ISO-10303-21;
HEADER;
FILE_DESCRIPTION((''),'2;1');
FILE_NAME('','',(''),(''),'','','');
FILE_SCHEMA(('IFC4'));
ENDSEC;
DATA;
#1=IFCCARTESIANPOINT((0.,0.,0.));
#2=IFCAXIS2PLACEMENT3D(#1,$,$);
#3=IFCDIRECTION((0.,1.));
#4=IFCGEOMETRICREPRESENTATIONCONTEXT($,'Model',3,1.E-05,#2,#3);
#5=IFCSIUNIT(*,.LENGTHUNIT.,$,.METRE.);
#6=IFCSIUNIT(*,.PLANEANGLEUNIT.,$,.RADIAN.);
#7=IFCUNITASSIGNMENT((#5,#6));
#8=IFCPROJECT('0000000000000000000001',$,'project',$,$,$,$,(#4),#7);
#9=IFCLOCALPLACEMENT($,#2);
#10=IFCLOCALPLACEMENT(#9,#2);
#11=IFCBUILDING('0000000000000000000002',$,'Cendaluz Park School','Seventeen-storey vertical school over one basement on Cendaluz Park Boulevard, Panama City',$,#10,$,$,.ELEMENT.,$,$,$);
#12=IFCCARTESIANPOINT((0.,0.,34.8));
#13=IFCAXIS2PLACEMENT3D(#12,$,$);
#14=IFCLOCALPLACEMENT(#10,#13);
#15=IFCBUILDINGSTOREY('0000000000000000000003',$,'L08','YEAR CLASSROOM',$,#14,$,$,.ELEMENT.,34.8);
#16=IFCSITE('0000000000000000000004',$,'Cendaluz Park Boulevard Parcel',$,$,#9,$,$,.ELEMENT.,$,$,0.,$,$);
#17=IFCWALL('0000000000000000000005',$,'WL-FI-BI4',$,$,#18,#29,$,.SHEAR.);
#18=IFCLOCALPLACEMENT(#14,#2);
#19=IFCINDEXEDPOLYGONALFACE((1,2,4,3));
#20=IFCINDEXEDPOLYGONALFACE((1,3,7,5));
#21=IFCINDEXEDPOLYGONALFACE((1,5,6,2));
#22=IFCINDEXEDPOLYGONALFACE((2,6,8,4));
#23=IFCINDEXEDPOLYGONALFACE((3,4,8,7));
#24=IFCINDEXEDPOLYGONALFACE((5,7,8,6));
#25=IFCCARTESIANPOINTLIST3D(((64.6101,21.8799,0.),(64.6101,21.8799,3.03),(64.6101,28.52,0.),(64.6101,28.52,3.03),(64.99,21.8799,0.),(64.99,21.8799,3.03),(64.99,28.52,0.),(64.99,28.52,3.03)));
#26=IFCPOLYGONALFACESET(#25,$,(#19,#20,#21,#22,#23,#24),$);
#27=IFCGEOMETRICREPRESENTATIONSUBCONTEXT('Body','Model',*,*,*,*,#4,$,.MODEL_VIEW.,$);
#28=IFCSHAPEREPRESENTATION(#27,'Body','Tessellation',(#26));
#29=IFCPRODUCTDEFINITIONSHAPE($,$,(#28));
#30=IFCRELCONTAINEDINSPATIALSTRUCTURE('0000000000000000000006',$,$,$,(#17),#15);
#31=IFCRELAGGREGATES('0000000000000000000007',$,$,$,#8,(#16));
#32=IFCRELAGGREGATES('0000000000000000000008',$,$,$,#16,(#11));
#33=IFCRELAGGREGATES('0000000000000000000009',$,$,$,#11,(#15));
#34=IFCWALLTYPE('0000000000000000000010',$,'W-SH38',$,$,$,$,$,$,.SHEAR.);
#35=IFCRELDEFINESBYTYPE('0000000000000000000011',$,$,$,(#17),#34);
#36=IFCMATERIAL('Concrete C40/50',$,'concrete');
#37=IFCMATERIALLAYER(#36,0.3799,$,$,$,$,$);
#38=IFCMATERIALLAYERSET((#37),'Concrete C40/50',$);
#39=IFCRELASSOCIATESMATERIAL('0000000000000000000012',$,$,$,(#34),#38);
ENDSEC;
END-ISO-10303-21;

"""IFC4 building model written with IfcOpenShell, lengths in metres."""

from ifc_helpers import new_model, si_unit, direction, frame, frame_2d, origin, place, context, subcontext, project, spatial, rectangle, extrude, material, layer, layer_set, type_object, element, save


model = new_model("IFC4")

# Units and contexts
model_context = context("Model", 3, precision=1e-05, world=origin(), true_north=direction((0.0, 1.0)))
body_context = subcontext(model_context, "Body", "Model", "MODEL_VIEW")
ifc_project = project(units=[si_unit("LENGTHUNIT", "METRE"), si_unit("PLANEANGLEUNIT", "RADIAN")], contexts=[model_context])

# Site, building, storey
site_placement = place(None, origin())
site = spatial("IfcSite", under=ifc_project, at=site_placement, Name="Cendaluz Park Boulevard Parcel", CompositionType="ELEMENT", RefElevation=0.0)
building_placement = place(site_placement, origin())
building = spatial("IfcBuilding", under=site, at=building_placement, Name="Cendaluz Park School", Description="Seventeen-storey vertical school over one basement on Cendaluz Park Boulevard, Panama City", CompositionType="ELEMENT")
storey_placement = place(building_placement, frame((0.0, 0.0, 34.8)))
storey = spatial("IfcBuildingStorey", under=building, at=storey_placement, Name="L08", Description="YEAR CLASSROOM", CompositionType="ELEMENT", Elevation=34.8)

# Wall
ifc_material_1 = material(Name="Concrete C40/50", Category="concrete")
ifc_layer_1 = layer(ifc_material_1, 0.3799)
ifc_layer_set_1 = layer_set([ifc_layer_1], Name="Concrete C40/50")
wall_type_1 = type_object("IfcWallType", Name="W-SH38", PredefinedType="SHEAR", material=ifc_layer_set_1)
for number, where, z_axis, x_axis, name in (
    (1, (64.8, 21.8799, 0.0), (0.0, 0.0, 1.0), (0.0, 1.0, 0.0), "WL-FI-BI4"),
):
    element("IfcWall", number, at=place(storey_placement, frame(where, z_axis=z_axis, x_axis=x_axis)), inside=storey, type_object=wall_type_1, Name=name, PredefinedType="SHEAR", context=body_context, shape_type="SweptSolid", body=[
        extrude(rectangle(XDim=6.6401, YDim=0.3799, at=frame_2d((3.3201, 0.0))), origin(), (0.0, 0.0, 1.0), 3.03),
    ])

save(model, "model.ifc")
